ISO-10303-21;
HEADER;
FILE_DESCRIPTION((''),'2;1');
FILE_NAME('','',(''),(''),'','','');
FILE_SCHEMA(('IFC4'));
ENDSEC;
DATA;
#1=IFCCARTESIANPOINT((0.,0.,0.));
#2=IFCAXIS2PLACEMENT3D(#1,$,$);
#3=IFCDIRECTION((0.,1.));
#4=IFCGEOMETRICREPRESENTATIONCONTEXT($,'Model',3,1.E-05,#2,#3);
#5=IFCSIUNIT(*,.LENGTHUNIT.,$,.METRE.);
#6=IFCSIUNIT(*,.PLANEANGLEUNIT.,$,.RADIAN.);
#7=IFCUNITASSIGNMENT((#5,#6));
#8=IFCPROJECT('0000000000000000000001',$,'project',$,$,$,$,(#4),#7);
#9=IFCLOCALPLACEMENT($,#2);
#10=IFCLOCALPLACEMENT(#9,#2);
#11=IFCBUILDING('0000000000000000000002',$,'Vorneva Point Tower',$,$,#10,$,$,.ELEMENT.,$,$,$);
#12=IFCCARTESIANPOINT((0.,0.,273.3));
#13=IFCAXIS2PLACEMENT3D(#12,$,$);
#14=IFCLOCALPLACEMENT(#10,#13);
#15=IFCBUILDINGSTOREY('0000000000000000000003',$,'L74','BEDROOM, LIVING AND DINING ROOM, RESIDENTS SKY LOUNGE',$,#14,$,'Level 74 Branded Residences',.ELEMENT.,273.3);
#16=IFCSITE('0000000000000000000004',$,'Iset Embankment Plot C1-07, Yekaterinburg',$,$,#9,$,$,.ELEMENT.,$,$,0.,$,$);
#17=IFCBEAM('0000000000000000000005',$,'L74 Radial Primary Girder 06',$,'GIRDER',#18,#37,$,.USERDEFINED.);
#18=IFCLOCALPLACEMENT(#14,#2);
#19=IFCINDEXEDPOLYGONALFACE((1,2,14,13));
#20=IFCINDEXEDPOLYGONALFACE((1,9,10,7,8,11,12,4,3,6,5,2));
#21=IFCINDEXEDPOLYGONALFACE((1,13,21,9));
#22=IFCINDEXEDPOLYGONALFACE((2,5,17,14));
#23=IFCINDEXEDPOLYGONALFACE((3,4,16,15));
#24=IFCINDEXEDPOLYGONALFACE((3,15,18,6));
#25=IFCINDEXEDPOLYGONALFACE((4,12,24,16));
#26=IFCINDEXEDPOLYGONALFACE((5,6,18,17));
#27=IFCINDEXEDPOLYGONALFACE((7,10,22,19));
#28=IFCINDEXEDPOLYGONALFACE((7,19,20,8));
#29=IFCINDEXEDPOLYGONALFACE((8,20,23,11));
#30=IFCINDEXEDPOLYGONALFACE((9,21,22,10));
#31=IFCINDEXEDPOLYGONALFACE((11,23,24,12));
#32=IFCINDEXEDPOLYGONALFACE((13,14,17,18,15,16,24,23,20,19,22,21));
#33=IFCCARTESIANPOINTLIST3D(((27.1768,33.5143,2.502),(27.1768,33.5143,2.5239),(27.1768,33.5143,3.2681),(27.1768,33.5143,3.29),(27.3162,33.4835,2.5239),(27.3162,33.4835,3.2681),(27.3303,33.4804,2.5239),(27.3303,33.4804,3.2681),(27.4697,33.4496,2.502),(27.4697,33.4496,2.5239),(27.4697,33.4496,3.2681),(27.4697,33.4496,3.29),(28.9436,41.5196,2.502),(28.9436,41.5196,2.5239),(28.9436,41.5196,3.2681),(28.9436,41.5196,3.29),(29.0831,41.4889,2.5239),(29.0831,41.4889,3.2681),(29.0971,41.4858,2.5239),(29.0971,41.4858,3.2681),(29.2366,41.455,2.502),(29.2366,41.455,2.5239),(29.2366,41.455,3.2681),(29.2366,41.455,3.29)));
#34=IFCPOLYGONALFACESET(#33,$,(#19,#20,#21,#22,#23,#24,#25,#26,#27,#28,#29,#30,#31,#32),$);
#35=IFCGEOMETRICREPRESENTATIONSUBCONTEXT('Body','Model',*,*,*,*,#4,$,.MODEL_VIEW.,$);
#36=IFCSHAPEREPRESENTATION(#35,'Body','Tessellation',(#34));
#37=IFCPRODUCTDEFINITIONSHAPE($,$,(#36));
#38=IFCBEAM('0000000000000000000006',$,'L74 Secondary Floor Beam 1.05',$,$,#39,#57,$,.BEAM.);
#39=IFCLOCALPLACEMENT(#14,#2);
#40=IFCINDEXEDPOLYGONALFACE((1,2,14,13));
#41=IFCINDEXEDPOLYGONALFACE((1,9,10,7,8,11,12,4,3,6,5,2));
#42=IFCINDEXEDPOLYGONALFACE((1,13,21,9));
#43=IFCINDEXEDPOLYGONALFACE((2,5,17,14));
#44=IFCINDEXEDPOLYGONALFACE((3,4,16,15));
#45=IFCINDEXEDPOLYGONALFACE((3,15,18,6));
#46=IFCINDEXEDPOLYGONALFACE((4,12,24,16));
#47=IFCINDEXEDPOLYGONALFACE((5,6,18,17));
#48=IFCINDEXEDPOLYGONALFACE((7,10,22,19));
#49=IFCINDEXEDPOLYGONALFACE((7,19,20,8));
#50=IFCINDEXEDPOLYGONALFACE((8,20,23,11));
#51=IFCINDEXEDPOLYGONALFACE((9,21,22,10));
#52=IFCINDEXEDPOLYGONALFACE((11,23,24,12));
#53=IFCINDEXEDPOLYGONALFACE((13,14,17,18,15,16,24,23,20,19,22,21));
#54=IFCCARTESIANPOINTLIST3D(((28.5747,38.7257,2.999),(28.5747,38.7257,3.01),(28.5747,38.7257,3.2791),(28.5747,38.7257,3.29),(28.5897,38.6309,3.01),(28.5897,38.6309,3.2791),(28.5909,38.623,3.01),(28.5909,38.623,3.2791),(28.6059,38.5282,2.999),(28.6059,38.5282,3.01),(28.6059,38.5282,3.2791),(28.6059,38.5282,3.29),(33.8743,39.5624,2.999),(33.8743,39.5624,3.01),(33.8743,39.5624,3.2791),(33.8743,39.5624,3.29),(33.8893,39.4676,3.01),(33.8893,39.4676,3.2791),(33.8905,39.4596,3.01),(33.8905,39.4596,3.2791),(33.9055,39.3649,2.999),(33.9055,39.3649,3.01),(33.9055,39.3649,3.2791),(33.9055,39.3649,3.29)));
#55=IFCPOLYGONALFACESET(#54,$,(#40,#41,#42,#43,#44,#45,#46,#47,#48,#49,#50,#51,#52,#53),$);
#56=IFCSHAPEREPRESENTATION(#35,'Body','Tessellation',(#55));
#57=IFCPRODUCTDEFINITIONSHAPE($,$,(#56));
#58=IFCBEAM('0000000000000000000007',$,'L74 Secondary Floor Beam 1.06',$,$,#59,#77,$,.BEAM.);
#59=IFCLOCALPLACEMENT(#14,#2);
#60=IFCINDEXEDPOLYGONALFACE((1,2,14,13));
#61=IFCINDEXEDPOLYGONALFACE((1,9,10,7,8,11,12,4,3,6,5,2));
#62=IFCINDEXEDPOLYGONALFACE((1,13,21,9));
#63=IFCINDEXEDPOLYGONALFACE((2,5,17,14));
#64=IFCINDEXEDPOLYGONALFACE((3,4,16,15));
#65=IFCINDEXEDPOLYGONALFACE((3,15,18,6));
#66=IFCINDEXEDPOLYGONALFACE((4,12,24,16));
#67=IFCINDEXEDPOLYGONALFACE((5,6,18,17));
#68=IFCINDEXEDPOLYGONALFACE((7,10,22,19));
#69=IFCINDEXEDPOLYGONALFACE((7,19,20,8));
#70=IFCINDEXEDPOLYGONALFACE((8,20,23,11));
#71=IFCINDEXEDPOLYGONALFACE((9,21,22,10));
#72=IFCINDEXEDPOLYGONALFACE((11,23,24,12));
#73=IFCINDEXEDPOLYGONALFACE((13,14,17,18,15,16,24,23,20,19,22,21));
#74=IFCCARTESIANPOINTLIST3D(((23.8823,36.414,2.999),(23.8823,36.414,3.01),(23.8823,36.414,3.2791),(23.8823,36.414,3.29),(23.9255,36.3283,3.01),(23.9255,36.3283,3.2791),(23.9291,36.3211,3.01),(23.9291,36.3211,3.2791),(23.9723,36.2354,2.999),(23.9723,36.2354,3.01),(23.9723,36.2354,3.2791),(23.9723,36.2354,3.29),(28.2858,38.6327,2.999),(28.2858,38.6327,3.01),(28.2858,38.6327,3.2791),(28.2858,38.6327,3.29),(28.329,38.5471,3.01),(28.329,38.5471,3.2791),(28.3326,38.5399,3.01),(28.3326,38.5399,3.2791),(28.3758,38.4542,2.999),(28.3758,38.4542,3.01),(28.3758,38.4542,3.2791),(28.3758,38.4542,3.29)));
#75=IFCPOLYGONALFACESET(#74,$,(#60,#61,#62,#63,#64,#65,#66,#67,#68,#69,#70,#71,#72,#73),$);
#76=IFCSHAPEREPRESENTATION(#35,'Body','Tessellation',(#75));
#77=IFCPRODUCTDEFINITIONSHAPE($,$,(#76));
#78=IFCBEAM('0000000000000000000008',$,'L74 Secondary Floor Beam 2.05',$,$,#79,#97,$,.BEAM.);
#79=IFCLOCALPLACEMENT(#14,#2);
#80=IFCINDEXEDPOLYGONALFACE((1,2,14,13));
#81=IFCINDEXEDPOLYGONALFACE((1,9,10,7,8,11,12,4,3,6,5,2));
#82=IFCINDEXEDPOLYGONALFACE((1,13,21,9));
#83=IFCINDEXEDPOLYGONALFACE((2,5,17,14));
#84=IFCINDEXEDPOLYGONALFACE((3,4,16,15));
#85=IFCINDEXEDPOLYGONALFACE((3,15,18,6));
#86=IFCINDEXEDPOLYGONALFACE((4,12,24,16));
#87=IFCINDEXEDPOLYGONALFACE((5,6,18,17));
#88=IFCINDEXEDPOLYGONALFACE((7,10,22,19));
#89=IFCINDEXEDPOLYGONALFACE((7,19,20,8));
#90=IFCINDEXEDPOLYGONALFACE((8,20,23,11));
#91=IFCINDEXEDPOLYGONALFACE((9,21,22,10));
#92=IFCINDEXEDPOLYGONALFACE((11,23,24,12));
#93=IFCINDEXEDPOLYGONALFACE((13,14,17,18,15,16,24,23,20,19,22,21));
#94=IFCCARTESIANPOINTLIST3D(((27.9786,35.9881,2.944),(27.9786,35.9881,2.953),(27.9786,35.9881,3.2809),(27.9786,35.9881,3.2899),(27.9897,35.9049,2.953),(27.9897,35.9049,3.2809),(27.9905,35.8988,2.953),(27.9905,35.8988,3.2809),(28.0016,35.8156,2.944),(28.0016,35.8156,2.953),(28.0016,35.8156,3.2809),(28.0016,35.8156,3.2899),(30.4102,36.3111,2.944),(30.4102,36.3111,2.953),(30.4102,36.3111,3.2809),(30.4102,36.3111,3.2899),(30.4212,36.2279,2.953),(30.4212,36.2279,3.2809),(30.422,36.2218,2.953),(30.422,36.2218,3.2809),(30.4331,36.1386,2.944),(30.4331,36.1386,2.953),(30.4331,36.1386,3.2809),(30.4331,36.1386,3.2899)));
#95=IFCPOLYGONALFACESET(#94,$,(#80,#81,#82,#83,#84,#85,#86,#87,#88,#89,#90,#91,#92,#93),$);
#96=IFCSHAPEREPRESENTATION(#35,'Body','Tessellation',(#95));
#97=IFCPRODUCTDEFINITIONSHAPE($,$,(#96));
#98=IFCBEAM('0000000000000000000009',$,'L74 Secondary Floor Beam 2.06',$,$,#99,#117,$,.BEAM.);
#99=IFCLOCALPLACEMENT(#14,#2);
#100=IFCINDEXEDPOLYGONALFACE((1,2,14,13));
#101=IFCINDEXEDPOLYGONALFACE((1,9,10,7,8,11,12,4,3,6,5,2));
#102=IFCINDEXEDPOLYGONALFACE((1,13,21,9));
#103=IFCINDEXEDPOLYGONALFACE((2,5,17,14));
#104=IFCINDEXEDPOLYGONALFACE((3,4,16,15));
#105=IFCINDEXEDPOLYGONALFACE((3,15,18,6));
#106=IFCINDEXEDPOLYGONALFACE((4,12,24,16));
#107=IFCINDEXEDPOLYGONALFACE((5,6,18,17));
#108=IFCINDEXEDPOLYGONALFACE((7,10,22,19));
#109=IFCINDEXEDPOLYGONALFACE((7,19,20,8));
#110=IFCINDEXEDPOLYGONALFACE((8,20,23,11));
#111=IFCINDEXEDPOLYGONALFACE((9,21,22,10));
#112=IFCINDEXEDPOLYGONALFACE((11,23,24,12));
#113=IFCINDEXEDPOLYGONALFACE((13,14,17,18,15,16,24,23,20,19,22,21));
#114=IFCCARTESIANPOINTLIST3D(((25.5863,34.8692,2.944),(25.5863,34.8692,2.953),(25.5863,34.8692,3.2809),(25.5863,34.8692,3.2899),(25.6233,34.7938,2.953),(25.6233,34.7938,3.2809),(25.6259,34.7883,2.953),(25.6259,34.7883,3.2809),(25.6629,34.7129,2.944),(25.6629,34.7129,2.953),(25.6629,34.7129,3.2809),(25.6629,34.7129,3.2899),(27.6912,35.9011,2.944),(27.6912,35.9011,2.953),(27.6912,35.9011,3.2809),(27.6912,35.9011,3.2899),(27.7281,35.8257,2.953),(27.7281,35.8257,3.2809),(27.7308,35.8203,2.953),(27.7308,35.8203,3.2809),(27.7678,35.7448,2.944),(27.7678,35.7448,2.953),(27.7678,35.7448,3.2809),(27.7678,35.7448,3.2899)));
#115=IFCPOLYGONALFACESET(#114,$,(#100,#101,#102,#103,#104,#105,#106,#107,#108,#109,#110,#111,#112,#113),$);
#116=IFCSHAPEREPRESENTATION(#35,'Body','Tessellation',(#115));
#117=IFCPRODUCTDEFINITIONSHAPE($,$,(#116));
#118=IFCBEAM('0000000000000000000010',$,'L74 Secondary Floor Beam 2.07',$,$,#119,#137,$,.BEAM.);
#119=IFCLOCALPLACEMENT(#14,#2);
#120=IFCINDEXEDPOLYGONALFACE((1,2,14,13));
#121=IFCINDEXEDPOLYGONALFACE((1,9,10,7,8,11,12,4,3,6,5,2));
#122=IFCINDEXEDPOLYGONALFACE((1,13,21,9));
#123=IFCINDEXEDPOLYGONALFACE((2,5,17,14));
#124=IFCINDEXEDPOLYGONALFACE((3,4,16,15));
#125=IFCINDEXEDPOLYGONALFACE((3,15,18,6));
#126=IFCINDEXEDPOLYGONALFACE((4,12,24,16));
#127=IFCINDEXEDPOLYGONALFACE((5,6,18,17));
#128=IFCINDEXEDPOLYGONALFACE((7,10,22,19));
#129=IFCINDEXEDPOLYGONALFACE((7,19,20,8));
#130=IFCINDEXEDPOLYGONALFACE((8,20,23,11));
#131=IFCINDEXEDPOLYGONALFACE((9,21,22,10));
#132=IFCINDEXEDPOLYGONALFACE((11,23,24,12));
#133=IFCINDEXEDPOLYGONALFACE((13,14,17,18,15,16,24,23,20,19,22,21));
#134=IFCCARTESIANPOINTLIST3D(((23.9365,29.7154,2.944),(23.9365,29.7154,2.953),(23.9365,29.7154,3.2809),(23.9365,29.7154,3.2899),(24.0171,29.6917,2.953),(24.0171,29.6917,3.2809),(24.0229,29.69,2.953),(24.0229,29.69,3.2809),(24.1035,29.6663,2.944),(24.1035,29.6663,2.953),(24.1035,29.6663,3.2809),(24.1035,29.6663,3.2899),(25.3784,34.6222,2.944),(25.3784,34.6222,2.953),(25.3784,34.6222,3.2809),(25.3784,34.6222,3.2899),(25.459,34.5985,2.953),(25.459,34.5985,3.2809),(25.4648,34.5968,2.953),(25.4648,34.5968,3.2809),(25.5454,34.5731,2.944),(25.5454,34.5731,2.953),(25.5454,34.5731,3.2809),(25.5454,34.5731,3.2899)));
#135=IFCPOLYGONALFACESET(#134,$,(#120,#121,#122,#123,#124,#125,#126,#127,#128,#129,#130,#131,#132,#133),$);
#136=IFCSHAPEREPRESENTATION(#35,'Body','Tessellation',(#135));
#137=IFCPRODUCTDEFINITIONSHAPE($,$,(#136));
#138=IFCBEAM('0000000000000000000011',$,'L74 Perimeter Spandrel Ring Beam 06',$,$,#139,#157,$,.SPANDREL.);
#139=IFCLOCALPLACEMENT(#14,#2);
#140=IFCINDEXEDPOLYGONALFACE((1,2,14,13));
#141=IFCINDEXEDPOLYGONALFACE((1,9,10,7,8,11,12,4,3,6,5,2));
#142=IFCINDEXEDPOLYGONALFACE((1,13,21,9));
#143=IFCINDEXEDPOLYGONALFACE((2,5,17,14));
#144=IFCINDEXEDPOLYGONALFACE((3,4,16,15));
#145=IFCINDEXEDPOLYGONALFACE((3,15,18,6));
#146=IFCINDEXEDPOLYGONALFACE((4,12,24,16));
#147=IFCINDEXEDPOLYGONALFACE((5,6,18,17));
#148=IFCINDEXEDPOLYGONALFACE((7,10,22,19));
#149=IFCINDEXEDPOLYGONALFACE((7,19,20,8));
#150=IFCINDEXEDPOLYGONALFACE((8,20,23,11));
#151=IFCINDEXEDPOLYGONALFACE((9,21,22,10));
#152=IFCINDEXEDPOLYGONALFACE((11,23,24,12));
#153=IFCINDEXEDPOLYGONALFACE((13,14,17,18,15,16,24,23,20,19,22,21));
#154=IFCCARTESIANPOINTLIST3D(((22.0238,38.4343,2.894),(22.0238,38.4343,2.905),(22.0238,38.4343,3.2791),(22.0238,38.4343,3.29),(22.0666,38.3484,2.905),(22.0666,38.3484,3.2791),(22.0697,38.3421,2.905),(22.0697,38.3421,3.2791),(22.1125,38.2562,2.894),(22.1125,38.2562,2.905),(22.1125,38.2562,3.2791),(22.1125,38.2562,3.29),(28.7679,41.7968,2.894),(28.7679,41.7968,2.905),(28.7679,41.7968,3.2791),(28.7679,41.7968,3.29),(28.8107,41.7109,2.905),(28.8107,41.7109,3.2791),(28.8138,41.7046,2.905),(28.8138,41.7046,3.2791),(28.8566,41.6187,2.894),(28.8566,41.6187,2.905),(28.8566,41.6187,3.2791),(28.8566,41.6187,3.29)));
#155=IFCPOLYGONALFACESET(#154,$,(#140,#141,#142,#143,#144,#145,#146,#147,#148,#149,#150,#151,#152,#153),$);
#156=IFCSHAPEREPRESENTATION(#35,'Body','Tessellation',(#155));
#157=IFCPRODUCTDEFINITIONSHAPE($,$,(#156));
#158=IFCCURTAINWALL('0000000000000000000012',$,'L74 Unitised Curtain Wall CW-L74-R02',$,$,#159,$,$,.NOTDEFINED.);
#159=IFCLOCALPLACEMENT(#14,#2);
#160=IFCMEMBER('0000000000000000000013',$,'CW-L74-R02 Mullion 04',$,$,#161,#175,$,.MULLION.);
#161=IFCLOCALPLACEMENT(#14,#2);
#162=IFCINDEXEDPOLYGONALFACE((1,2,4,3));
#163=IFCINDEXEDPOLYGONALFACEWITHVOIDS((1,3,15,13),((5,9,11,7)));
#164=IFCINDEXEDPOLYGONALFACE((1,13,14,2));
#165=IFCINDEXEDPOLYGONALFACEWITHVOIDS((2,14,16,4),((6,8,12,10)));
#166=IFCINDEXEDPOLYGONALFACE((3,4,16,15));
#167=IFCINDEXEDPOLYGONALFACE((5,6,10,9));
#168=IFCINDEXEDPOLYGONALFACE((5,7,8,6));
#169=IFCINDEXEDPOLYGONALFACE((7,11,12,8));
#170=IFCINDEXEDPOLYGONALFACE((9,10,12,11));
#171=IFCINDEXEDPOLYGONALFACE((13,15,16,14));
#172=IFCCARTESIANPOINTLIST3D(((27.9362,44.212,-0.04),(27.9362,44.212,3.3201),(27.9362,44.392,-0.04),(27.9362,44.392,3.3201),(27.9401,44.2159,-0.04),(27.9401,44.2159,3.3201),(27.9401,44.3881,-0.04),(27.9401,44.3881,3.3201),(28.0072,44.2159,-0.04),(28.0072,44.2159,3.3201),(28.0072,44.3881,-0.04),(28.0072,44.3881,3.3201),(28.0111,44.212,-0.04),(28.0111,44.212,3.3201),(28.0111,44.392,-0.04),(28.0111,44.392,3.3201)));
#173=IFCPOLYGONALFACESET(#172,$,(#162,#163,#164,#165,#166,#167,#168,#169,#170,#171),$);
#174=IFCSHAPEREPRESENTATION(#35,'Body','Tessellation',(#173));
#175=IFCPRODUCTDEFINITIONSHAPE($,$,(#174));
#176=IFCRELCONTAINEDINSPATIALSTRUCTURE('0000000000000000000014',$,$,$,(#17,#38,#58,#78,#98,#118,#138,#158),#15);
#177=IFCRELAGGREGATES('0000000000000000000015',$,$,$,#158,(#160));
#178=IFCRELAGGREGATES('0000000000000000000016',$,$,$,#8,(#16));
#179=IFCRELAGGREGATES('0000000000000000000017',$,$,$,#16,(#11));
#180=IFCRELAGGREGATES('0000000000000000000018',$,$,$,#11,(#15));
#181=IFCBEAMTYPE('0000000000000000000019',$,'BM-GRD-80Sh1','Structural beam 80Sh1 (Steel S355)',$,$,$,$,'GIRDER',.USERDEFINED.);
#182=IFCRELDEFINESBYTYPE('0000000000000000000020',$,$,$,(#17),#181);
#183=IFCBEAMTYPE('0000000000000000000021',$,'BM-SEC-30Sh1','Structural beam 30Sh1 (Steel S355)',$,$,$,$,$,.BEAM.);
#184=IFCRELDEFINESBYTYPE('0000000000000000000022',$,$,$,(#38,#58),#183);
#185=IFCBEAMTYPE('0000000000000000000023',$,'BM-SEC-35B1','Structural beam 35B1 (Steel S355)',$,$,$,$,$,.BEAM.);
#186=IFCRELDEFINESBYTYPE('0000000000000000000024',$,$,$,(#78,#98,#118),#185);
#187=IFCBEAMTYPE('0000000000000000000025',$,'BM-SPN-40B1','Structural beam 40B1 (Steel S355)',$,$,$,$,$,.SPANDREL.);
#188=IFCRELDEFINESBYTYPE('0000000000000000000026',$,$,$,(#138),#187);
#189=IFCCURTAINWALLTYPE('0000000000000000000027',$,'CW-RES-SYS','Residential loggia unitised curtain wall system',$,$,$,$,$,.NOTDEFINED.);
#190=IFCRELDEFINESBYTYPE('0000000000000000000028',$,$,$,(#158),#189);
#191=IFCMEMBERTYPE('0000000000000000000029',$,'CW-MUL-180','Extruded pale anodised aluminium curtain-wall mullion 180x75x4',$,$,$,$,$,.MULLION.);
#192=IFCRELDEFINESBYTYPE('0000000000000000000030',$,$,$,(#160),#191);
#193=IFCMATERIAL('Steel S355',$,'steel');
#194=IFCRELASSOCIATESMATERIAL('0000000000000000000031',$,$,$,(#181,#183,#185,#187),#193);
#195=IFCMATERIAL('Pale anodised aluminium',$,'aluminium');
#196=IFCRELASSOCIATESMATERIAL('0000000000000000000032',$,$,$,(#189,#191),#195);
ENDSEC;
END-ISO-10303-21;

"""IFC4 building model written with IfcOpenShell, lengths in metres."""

from ifc_helpers import new_model, si_unit, direction, frame, origin, origin_2d, place, context, subcontext, project, spatial, hollow_rectangle, i_section, extrude, material, material_profile, profile_set, type_object, element, aggregate, save


model = new_model("IFC4")

# Units and contexts
model_context = context("Model", 3, precision=1e-05, world=origin(), true_north=direction((0.0, 1.0)))
body_context = subcontext(model_context, "Body", "Model", "MODEL_VIEW")
ifc_project = project(units=[si_unit("LENGTHUNIT", "METRE"), si_unit("PLANEANGLEUNIT", "RADIAN")], contexts=[model_context])

# Site, building, storey
site_placement = place(None, origin())
site = spatial("IfcSite", under=ifc_project, at=site_placement, Name="Iset Embankment Plot C1-07, Yekaterinburg", CompositionType="ELEMENT", RefElevation=0.0)
building_placement = place(site_placement, origin())
building = spatial("IfcBuilding", under=site, at=building_placement, Name="Vorneva Point Tower", CompositionType="ELEMENT")
storey_placement = place(building_placement, frame((0.0, 0.0, 273.3)))
storey = spatial("IfcBuildingStorey", under=building, at=storey_placement, Name="L74", Description="BEDROOM, LIVING AND DINING ROOM, RESIDENTS SKY LOUNGE", LongName="Level 74 Branded Residences", CompositionType="ELEMENT", Elevation=273.3)

# Beams
ifc_material_1 = material(Name="Steel S355", Category="steel")
ifc_material_profile_1 = material_profile(ifc_material_1, i_section(OverallWidth=0.3, OverallDepth=0.7881, WebThickness=0.0144, FlangeThickness=0.022, at=origin_2d()), Name="80Sh1")
ifc_profile_set_1 = profile_set([ifc_material_profile_1], Name="Steel S355")
beam_type_1 = type_object("IfcBeamType", Name="BM-GRD-80Sh1", Description="Structural beam 80Sh1 (Steel S355)", ElementType="GIRDER", PredefinedType="USERDEFINED", material=ifc_profile_set_1)
beam_1_placement = place(storey_placement, frame((29.0901, 41.4873, 2.896), z_axis=(-0.215521, -0.976499, 0.0), x_axis=(0.976499, -0.215521, 0.0)))
element("IfcBeam", 1, at=beam_1_placement, inside=storey, type_object=beam_type_1, Name="L74 Radial Primary Girder 06", ObjectType="GIRDER", PredefinedType="USERDEFINED", context=body_context, shape_type="SweptSolid", body=[
    extrude(i_section(OverallWidth=0.3, OverallDepth=0.7881, WebThickness=0.0144, FlangeThickness=0.022, at=origin_2d()), origin(), (0.0, 0.0, 1.0), 8.198),
])
ifc_material_profile_2 = material_profile(ifc_material_1, i_section(OverallWidth=0.2, OverallDepth=0.291, WebThickness=0.0081, FlangeThickness=0.011, at=origin_2d()), Name="30Sh1")
ifc_profile_set_2 = profile_set([ifc_material_profile_2], Name="Steel S355")
beam_type_2 = type_object("IfcBeamType", Name="BM-SEC-30Sh1", Description="Structural beam 30Sh1 (Steel S355)", PredefinedType="BEAM", material=ifc_profile_set_2)
beam_2_placement = place(storey_placement, frame((33.8899, 39.4636, 3.1445), z_axis=(-0.987766, -0.155944, 0.0), x_axis=(0.155944, -0.987766, 0.0)))
element("IfcBeam", 2, at=beam_2_placement, inside=storey, type_object=beam_type_2, Name="L74 Secondary Floor Beam 1.05", PredefinedType="BEAM", context=body_context, shape_type="SweptSolid", body=[
    extrude(i_section(OverallWidth=0.2, OverallDepth=0.291, WebThickness=0.0081, FlangeThickness=0.011, at=origin_2d()), origin(), (0.0, 0.0, 1.0), 5.3652),
])
beam_3_placement = place(storey_placement, frame((28.3308, 38.5435, 3.1445), z_axis=(-0.893047, -0.449964, 0.0), x_axis=(0.449964, -0.893047, 0.0)))
element("IfcBeam", 3, at=beam_3_placement, inside=storey, type_object=beam_type_2, Name="L74 Secondary Floor Beam 1.06", PredefinedType="BEAM", context=body_context, shape_type="SweptSolid", body=[
    extrude(i_section(OverallWidth=0.2, OverallDepth=0.291, WebThickness=0.0081, FlangeThickness=0.011, at=origin_2d()), origin(), (0.0, 0.0, 1.0), 4.9309),
])
ifc_material_profile_3 = material_profile(ifc_material_1, i_section(OverallWidth=0.1741, OverallDepth=0.3459, WebThickness=0.0061, FlangeThickness=0.009, at=origin_2d()), Name="35B1")
ifc_profile_set_3 = profile_set([ifc_material_profile_3], Name="Steel S355")
beam_type_3 = type_object("IfcBeamType", Name="BM-SEC-35B1", Description="Structural beam 35B1 (Steel S355)", PredefinedType="BEAM", material=ifc_profile_set_3)
beam_4_placement = place(storey_placement, frame((30.4216, 36.2249, 3.1169), z_axis=(-0.991293, -0.131675, 0.0), x_axis=(0.131675, -0.991293, 0.0)))
element("IfcBeam", 4, at=beam_4_placement, inside=storey, type_object=beam_type_3, Name="L74 Secondary Floor Beam 2.05", PredefinedType="BEAM", context=body_context, shape_type="SweptSolid", body=[
    extrude(i_section(OverallWidth=0.1741, OverallDepth=0.3459, WebThickness=0.0061, FlangeThickness=0.009, at=origin_2d()), origin(), (0.0, 0.0, 1.0), 2.4529),
])
beam_5_placement = place(storey_placement, frame((27.7295, 35.823, 3.1169), z_axis=(-0.897899, -0.440202, 0.0), x_axis=(0.440202, -0.897899, 0.0)))
element("IfcBeam", 5, at=beam_5_placement, inside=storey, type_object=beam_type_3, Name="L74 Secondary Floor Beam 2.06", PredefinedType="BEAM", context=body_context, shape_type="SweptSolid", body=[
    extrude(i_section(OverallWidth=0.1741, OverallDepth=0.3459, WebThickness=0.0061, FlangeThickness=0.009, at=origin_2d()), origin(), (0.0, 0.0, 1.0), 2.3442),
])
beam_6_placement = place(storey_placement, frame((25.4619, 34.5977, 3.1169), z_axis=(-0.281939, -0.959432, 0.0), x_axis=(0.959432, -0.281939, 0.0)))
element("IfcBeam", 6, at=beam_6_placement, inside=storey, type_object=beam_type_3, Name="L74 Secondary Floor Beam 2.07", PredefinedType="BEAM", context=body_context, shape_type="SweptSolid", body=[
    extrude(i_section(OverallWidth=0.1741, OverallDepth=0.3459, WebThickness=0.0061, FlangeThickness=0.009, at=origin_2d()), origin(), (0.0, 0.0, 1.0), 5.1143),
])
ifc_material_profile_4 = material_profile(ifc_material_1, i_section(OverallWidth=0.199, OverallDepth=0.396, WebThickness=0.0071, FlangeThickness=0.011, at=origin_2d()), Name="40B1")
ifc_profile_set_4 = profile_set([ifc_material_profile_4], Name="Steel S355")
beam_type_4 = type_object("IfcBeamType", Name="BM-SPN-40B1", Description="Structural beam 40B1 (Steel S355)", PredefinedType="SPANDREL", material=ifc_profile_set_4)
beam_7_placement = place(storey_placement, frame((28.8123, 41.7078, 3.092), z_axis=(-0.894932, -0.446203, 0.0), x_axis=(0.446203, -0.894932, 0.0)))
element("IfcBeam", 7, at=beam_7_placement, inside=storey, type_object=beam_type_4, Name="L74 Perimeter Spandrel Ring Beam 06", PredefinedType="SPANDREL", context=body_context, shape_type="SweptSolid", body=[
    extrude(i_section(OverallWidth=0.199, OverallDepth=0.396, WebThickness=0.0071, FlangeThickness=0.011, at=origin_2d()), origin(), (0.0, 0.0, 1.0), 7.5359),
])

# Curtain wall, member
ifc_material_2 = material(Name="Pale anodised aluminium", Category="aluminium")
curtain_wall_type = type_object("IfcCurtainWallType", Name="CW-RES-SYS", Description="Residential loggia unitised curtain wall system", PredefinedType="NOTDEFINED", material=ifc_material_2)
curtain_wall_placement = place(storey_placement, origin())
curtain_wall = element("IfcCurtainWall", 8, at=curtain_wall_placement, inside=storey, type_object=curtain_wall_type, Name="L74 Unitised Curtain Wall CW-L74-R02", PredefinedType="NOTDEFINED")
ifc_material_profile_5 = material_profile(ifc_material_2, hollow_rectangle(XDim=0.075, YDim=0.1799, WallThickness=0.0039, at=origin_2d()), Name="AL-MUL 180x75x4")
ifc_profile_set_5 = profile_set([ifc_material_profile_5], Name="Pale anodised aluminium")
member_type = type_object("IfcMemberType", Name="CW-MUL-180", Description="Extruded pale anodised aluminium curtain-wall mullion 180x75x4", PredefinedType="MULLION", material=ifc_profile_set_5)
member_placement = place(storey_placement, frame((27.9736, 44.302, -0.04), z_axis=(0.0, 0.0, 1.0), x_axis=(1.0, 0.0, 0.0)))
member = element("IfcMember", 9, at=member_placement, type_object=member_type, Name="CW-L74-R02 Mullion 04", PredefinedType="MULLION", context=body_context, shape_type="SweptSolid", body=[
    extrude(hollow_rectangle(XDim=0.075, YDim=0.1799, WallThickness=0.0039, at=origin_2d()), origin(), (0.0, 0.0, 1.0), 3.3601),
])
aggregate(curtain_wall, [member])

save(model, "model.ifc")
